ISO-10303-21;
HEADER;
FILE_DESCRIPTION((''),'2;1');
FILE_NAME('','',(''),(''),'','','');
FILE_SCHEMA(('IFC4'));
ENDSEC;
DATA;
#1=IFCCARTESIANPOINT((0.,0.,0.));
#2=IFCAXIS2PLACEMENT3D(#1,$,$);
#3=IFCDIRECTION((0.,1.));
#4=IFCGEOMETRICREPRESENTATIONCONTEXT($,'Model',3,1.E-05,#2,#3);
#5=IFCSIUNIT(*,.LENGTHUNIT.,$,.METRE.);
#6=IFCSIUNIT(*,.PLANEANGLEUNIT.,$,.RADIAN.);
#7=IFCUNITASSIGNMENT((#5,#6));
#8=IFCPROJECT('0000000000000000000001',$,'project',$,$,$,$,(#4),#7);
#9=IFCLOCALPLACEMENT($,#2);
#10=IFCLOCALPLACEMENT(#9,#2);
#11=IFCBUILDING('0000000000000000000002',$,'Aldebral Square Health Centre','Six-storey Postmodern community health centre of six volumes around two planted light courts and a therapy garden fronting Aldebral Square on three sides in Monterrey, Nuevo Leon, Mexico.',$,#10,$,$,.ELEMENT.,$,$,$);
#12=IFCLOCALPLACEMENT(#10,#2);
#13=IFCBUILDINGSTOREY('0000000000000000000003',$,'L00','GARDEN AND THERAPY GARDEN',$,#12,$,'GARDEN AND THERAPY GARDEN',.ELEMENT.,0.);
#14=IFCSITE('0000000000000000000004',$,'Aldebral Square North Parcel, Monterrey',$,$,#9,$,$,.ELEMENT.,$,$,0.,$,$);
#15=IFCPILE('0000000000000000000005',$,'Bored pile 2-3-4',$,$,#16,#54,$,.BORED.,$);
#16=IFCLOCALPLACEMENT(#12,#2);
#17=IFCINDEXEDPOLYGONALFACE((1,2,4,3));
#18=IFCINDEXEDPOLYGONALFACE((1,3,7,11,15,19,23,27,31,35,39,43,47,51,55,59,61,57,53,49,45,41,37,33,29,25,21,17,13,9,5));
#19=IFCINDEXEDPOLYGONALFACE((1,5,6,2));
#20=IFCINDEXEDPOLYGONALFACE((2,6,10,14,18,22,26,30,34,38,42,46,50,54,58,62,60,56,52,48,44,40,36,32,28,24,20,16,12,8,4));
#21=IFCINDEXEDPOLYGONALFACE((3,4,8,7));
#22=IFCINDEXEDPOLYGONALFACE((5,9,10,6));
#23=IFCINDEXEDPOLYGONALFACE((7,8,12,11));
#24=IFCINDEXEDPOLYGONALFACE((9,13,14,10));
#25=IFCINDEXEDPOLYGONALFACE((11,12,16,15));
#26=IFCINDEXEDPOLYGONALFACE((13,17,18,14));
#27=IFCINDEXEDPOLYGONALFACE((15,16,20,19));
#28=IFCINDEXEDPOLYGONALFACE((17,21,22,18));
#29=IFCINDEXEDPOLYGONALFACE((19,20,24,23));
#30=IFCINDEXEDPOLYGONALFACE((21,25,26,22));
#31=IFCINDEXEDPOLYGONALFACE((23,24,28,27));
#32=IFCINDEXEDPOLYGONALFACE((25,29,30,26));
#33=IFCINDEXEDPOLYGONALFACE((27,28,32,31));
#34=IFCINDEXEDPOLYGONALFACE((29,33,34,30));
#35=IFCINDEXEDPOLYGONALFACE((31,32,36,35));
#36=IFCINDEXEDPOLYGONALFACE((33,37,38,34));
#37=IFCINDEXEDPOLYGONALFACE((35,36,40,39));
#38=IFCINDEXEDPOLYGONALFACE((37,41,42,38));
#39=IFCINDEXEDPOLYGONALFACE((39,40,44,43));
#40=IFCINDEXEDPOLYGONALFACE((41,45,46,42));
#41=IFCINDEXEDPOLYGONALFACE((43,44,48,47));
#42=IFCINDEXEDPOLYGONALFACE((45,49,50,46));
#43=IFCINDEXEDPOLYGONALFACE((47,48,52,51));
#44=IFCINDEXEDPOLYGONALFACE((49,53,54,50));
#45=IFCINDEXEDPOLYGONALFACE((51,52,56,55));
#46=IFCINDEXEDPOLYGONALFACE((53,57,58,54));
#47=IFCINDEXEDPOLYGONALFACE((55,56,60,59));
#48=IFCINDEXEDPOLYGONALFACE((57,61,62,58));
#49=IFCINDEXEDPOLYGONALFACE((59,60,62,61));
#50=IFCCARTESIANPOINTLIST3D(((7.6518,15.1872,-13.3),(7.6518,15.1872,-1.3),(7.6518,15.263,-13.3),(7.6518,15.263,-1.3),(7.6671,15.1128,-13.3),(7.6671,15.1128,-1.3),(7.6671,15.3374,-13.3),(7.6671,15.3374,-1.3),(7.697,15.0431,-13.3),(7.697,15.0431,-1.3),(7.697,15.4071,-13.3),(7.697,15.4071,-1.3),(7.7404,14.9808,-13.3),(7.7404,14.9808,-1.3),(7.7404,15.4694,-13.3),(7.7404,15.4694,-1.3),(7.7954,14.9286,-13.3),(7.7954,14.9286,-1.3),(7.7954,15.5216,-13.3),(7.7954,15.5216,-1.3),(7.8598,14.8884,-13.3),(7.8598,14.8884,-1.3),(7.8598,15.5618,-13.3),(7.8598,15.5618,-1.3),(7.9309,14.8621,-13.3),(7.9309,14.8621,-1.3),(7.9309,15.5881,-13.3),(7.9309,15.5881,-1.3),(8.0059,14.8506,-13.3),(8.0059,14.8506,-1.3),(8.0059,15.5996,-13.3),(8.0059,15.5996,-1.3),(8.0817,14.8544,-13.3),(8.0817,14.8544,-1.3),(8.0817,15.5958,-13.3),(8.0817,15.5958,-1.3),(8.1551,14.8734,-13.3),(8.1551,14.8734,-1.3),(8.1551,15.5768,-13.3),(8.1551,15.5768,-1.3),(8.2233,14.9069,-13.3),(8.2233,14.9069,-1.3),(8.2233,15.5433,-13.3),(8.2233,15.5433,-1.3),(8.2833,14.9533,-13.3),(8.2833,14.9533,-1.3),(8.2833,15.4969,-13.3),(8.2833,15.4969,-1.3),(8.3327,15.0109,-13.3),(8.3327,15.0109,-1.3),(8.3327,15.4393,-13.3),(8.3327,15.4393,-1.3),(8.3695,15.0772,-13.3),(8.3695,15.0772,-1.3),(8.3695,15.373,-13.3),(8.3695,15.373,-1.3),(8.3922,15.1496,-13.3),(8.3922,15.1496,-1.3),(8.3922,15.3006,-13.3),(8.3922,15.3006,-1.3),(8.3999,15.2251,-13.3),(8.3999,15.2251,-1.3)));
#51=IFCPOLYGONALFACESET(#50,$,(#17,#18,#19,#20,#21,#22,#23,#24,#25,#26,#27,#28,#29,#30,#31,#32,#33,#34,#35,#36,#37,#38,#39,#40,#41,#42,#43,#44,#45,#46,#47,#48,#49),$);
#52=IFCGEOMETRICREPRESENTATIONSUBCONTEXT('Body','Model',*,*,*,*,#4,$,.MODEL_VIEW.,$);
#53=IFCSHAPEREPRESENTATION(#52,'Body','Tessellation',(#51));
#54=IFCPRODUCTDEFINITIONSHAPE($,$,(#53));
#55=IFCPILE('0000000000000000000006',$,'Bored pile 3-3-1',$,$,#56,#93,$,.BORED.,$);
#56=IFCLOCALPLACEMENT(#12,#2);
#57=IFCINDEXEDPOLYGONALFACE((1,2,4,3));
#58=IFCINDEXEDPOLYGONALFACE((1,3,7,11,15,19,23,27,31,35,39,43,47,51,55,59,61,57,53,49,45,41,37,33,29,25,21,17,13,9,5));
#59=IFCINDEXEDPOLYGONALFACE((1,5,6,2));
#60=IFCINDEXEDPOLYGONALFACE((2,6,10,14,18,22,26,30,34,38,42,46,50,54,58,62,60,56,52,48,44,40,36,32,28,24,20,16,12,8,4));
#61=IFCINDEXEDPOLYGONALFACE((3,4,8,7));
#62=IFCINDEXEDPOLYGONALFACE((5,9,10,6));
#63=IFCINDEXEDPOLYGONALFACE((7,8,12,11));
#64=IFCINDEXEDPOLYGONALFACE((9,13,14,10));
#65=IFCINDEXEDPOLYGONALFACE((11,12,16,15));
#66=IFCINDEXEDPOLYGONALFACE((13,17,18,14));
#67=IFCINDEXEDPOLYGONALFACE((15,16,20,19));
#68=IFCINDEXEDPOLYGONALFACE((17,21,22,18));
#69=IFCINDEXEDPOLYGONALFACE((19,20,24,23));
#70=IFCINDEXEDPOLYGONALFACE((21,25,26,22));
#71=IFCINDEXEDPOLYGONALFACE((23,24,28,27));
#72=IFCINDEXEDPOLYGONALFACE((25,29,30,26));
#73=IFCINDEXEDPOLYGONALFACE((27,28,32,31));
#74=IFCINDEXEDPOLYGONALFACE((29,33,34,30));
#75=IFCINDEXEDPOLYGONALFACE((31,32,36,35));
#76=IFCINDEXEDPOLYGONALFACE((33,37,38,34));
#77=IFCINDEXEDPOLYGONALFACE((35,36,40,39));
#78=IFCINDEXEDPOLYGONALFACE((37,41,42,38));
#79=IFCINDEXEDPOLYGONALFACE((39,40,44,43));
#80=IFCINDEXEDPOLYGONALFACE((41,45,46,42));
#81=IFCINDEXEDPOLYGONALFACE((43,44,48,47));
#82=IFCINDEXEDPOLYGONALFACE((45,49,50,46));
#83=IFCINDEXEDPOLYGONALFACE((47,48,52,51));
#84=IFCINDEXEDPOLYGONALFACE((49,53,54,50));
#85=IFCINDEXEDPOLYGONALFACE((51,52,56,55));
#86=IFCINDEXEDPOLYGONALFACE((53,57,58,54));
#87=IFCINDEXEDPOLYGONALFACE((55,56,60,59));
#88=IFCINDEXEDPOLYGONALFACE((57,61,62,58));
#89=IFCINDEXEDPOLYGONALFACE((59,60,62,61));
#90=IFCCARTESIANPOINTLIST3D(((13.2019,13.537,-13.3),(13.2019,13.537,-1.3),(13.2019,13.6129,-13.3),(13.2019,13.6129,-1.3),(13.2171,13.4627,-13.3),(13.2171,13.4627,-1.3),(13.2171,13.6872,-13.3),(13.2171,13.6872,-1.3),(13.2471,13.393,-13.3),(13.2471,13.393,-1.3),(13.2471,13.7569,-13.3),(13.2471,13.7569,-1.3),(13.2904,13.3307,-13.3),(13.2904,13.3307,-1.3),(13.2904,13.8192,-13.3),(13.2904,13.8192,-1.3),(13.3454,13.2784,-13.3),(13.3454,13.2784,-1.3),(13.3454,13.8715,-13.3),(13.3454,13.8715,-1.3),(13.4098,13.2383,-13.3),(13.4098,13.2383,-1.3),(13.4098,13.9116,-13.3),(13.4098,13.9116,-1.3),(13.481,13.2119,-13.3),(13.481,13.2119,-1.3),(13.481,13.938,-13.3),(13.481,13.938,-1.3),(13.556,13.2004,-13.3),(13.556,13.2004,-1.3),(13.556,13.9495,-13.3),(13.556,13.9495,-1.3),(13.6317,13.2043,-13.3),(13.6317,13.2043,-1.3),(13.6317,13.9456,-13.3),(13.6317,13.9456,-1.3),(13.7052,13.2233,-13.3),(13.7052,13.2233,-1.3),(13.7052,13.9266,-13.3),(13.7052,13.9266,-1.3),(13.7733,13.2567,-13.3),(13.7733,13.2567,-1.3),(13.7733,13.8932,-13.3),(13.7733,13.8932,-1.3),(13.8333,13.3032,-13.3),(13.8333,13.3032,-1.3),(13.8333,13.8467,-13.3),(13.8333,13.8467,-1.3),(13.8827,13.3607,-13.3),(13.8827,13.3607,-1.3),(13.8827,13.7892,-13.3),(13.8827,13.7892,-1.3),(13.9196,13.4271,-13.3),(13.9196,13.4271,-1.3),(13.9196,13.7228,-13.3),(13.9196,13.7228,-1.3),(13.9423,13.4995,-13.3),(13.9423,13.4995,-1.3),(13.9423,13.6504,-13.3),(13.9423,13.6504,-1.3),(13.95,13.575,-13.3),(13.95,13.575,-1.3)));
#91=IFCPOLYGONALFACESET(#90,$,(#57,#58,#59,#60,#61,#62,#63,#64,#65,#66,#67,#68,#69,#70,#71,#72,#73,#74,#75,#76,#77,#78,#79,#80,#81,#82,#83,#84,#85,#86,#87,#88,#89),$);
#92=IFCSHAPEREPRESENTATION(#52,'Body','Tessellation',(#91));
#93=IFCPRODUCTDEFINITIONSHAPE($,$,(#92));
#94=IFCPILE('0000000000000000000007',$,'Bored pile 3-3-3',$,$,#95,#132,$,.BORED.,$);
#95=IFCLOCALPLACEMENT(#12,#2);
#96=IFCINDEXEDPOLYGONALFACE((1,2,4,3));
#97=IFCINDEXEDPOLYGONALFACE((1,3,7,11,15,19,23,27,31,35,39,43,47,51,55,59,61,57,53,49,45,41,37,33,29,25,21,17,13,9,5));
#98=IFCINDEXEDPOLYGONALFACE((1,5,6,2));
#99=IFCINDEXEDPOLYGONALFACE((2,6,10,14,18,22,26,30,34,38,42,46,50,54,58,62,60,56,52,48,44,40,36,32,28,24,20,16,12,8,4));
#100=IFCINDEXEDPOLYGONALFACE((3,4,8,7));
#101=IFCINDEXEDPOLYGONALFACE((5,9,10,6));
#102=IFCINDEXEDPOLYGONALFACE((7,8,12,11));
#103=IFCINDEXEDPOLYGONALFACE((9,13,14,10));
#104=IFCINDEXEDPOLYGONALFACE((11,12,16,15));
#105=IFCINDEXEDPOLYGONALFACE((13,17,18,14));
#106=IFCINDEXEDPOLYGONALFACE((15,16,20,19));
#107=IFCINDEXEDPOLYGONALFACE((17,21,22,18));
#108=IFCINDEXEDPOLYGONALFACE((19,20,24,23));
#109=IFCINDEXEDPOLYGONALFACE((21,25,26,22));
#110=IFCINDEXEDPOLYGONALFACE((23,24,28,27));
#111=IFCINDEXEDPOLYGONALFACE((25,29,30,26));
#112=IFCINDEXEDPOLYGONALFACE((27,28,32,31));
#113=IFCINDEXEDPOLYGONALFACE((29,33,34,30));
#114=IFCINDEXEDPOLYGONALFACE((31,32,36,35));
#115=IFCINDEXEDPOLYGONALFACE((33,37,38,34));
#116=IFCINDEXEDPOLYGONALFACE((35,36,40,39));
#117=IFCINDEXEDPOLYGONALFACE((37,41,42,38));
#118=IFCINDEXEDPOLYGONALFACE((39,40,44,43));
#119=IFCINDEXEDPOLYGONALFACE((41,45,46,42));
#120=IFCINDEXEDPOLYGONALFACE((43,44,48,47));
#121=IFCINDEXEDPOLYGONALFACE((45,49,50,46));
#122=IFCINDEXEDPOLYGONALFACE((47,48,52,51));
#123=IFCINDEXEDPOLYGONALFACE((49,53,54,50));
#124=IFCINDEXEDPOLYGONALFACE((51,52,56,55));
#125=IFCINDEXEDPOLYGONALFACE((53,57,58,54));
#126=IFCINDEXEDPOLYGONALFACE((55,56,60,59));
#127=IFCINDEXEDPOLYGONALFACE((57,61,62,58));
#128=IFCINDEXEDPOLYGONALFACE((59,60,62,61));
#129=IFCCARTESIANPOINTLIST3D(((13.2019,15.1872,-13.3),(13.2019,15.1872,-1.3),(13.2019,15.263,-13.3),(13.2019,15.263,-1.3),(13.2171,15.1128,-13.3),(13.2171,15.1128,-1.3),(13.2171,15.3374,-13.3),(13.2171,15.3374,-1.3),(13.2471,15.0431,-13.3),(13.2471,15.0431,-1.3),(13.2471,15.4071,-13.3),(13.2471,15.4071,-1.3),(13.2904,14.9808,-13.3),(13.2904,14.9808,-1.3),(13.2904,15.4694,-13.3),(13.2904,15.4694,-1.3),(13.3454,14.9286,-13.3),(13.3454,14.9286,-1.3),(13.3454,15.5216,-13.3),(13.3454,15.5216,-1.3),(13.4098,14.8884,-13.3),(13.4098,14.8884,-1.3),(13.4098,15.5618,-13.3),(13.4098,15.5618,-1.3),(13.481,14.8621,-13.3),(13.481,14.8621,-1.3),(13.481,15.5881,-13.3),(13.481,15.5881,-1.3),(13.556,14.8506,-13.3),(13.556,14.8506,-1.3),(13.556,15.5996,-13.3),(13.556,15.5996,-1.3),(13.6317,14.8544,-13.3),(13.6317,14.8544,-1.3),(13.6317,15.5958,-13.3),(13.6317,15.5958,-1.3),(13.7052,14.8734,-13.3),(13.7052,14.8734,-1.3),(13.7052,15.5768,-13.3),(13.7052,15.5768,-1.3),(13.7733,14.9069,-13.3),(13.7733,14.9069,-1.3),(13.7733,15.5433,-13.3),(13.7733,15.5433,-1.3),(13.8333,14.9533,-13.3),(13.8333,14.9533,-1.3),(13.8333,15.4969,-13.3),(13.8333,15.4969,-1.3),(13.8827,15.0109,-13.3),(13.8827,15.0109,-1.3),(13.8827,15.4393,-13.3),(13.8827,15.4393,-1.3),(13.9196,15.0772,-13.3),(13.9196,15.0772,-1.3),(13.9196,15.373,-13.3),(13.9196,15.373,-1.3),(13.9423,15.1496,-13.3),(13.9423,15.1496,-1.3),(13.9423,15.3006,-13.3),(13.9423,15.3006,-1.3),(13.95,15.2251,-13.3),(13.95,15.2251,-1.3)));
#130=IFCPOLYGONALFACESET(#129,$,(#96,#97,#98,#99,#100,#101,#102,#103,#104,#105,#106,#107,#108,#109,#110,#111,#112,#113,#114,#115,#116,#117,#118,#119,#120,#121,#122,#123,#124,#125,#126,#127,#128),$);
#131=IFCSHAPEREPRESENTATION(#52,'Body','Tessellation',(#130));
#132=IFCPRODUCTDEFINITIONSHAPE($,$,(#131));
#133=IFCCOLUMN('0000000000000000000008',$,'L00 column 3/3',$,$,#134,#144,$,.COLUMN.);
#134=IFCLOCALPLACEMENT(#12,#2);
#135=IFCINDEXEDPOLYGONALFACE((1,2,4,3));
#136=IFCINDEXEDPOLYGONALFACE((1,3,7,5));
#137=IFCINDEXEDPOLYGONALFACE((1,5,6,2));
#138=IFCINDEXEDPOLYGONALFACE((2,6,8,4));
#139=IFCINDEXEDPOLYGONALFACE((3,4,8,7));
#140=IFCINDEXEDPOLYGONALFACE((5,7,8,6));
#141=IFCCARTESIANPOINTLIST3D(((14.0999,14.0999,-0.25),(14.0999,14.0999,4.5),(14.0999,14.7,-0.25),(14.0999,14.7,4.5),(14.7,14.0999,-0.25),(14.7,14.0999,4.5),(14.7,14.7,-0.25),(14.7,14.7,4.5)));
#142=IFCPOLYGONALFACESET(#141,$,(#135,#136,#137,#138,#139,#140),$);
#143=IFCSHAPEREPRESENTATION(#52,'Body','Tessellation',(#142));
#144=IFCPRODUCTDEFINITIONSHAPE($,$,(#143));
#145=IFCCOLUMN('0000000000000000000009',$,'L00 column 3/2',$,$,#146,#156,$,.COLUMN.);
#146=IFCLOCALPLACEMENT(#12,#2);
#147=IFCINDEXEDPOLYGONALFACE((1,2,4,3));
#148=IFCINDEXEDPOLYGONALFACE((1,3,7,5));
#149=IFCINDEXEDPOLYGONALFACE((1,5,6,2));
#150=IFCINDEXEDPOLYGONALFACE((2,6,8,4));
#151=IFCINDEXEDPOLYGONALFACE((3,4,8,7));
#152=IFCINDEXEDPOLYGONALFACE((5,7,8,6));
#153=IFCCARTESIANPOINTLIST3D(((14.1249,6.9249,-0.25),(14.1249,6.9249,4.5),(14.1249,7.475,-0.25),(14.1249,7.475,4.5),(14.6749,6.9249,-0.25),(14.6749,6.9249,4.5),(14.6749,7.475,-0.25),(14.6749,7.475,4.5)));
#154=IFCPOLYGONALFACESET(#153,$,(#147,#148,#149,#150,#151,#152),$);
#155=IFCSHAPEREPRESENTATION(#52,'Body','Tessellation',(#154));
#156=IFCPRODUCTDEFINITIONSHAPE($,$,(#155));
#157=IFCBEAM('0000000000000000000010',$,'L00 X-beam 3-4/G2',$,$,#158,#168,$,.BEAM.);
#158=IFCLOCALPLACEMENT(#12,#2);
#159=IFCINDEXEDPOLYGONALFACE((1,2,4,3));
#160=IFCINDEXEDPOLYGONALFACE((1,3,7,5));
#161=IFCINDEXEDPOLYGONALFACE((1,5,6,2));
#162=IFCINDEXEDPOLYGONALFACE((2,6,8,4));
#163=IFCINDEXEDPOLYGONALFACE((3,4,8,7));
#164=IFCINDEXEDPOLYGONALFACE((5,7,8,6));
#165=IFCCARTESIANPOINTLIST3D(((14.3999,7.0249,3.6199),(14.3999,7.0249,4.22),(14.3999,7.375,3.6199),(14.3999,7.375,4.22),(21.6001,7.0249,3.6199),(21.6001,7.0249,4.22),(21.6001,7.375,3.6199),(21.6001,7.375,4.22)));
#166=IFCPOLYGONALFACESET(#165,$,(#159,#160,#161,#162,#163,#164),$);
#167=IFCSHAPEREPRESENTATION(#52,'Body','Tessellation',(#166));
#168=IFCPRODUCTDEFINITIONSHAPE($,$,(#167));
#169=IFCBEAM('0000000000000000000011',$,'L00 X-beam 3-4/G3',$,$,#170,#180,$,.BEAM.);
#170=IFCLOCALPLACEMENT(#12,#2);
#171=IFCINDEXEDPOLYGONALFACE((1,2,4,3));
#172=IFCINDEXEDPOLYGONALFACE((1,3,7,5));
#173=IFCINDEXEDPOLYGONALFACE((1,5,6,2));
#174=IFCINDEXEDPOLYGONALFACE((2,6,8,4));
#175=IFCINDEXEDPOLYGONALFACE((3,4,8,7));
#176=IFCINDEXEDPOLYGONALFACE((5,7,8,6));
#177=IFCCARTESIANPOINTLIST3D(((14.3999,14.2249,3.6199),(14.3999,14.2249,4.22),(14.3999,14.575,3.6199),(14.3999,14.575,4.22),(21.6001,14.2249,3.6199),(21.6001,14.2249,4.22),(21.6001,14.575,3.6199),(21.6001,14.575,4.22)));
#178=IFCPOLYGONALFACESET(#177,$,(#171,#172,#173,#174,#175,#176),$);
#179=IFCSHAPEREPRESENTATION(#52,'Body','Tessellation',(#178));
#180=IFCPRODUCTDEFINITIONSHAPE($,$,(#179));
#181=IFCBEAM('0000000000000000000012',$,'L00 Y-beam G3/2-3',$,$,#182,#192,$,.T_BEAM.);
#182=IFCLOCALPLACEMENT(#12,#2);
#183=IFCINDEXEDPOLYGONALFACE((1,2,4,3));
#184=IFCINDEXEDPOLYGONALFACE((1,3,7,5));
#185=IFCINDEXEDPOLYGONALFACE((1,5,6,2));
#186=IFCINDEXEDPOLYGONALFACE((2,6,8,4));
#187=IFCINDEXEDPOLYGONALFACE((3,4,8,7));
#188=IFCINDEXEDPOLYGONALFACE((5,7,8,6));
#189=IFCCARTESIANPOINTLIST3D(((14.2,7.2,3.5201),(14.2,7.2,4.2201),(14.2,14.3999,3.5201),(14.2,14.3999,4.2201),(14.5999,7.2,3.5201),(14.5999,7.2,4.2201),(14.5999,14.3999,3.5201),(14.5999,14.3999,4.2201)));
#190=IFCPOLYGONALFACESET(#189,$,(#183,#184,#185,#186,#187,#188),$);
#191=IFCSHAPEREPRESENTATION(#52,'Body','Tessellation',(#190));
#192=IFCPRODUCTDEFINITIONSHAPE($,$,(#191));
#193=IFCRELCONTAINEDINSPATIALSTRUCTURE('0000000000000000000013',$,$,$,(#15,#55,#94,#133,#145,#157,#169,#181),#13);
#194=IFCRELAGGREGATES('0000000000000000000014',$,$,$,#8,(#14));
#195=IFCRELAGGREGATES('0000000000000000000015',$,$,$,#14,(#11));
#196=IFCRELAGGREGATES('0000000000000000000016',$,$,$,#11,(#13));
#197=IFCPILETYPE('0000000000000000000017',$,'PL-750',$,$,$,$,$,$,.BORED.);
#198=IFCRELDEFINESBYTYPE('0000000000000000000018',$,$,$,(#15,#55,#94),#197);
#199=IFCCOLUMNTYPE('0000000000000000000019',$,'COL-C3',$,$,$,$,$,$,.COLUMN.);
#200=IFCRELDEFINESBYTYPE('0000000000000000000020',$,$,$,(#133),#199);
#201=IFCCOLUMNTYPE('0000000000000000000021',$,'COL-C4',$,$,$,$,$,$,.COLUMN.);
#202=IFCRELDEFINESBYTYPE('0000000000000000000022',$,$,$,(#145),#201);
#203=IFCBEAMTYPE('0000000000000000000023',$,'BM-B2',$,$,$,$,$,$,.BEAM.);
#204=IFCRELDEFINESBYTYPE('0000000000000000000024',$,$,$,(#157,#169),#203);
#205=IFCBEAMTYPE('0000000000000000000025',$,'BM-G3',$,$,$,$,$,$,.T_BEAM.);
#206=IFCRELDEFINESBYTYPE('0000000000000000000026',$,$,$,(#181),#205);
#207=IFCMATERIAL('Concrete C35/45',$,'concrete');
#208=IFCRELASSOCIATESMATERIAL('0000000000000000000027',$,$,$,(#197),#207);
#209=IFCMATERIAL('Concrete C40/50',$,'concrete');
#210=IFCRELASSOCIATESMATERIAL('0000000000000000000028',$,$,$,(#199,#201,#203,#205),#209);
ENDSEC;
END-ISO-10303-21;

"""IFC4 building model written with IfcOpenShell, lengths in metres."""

from ifc_helpers import new_model, si_unit, direction, frame, origin, origin_2d, place, context, subcontext, project, spatial, rectangle, circle, extrude, material, material_profile, profile_set, type_object, element, save


model = new_model("IFC4")

# Units and contexts
model_context = context("Model", 3, precision=1e-05, world=origin(), true_north=direction((0.0, 1.0)))
body_context = subcontext(model_context, "Body", "Model", "MODEL_VIEW")
ifc_project = project(units=[si_unit("LENGTHUNIT", "METRE"), si_unit("PLANEANGLEUNIT", "RADIAN")], contexts=[model_context])

# Site, building, storey
site_placement = place(None, origin())
site = spatial("IfcSite", under=ifc_project, at=site_placement, Name="Aldebral Square North Parcel, Monterrey", CompositionType="ELEMENT", RefElevation=0.0)
building_placement = place(site_placement, origin())
building = spatial("IfcBuilding", under=site, at=building_placement, Name="Aldebral Square Health Centre", Description="Six-storey Postmodern community health centre of six volumes around two planted light courts and a therapy garden fronting Aldebral Square on three sides in Monterrey, Nuevo Leon, Mexico.", CompositionType="ELEMENT")
storey_placement = place(building_placement, origin())
storey = spatial("IfcBuildingStorey", under=building, at=storey_placement, Name="L00", Description="GARDEN AND THERAPY GARDEN", LongName="GARDEN AND THERAPY GARDEN", CompositionType="ELEMENT", Elevation=0.0)

# Shared definitions
ifc_material_1 = material(Name="Concrete C35/45", Category="concrete")

# Piles
ifc_material_profile_1 = material_profile(ifc_material_1, circle(Radius=0.375, at=origin_2d()), Name="PILE D750")
ifc_profile_set_1 = profile_set([ifc_material_profile_1], Name="Concrete C35/45")
pile_type_1 = type_object("IfcPileType", Name="PL-750", PredefinedType="BORED", material=ifc_profile_set_1)
for number, where, z_axis, x_axis, name in (
    (1, (8.0249, 15.2251, -1.3), (0.0, 0.0, -1.0), (1.0, 0.0, 0.0), "Bored pile 2-3-4"),
    (2, (13.575, 13.575, -1.3), (0.0, 0.0, -1.0), (1.0, 0.0, 0.0), "Bored pile 3-3-1"),
    (3, (13.575, 15.2251, -1.3), (0.0, 0.0, -1.0), (1.0, 0.0, 0.0), "Bored pile 3-3-3"),
):
    element("IfcPile", number, at=place(storey_placement, frame(where, z_axis=z_axis, x_axis=x_axis)), inside=storey, type_object=pile_type_1, Name=name, PredefinedType="BORED", context=body_context, shape_type="SweptSolid", body=[
        extrude(circle(Radius=0.375, at=origin_2d()), origin(), (0.0, 0.0, 1.0), 12.0),
    ])

# Columns
ifc_material_2 = material(Name="Concrete C40/50", Category="concrete")
ifc_material_profile_2 = material_profile(ifc_material_2, rectangle(XDim=0.6001, YDim=0.6001, at=origin_2d()), Name="RC 600x600")
ifc_profile_set_2 = profile_set([ifc_material_profile_2], Name="Concrete C40/50")
column_type_1 = type_object("IfcColumnType", Name="COL-C3", PredefinedType="COLUMN", material=ifc_profile_set_2)
column_1_placement = place(storey_placement, frame((14.3999, 14.3999, -0.25), z_axis=(0.0, 0.0, 1.0), x_axis=(1.0, 0.0, 0.0)))
element("IfcColumn", 4, at=column_1_placement, inside=storey, type_object=column_type_1, Name="L00 column 3/3", PredefinedType="COLUMN", context=body_context, shape_type="SweptSolid", body=[
    extrude(rectangle(XDim=0.6001, YDim=0.6001, at=origin_2d()), origin(), (0.0, 0.0, 1.0), 4.75),
])
ifc_material_profile_3 = material_profile(ifc_material_2, rectangle(XDim=0.55, YDim=0.55, at=origin_2d()), Name="RC 550x550")
ifc_profile_set_3 = profile_set([ifc_material_profile_3], Name="Concrete C40/50")
column_type_2 = type_object("IfcColumnType", Name="COL-C4", PredefinedType="COLUMN", material=ifc_profile_set_3)
column_2_placement = place(storey_placement, frame((14.3999, 7.2, -0.25), z_axis=(0.0, 0.0, 1.0), x_axis=(1.0, 0.0, 0.0)))
element("IfcColumn", 5, at=column_2_placement, inside=storey, type_object=column_type_2, Name="L00 column 3/2", PredefinedType="COLUMN", context=body_context, shape_type="SweptSolid", body=[
    extrude(rectangle(XDim=0.55, YDim=0.55, at=origin_2d()), origin(), (0.0, 0.0, 1.0), 4.75),
])

# Beams
ifc_material_profile_4 = material_profile(ifc_material_2, rectangle(XDim=0.3501, YDim=0.6001, at=origin_2d()), Name="RC 350x600")
ifc_profile_set_4 = profile_set([ifc_material_profile_4], Name="Concrete C40/50")
beam_type_1 = type_object("IfcBeamType", Name="BM-B2", PredefinedType="BEAM", material=ifc_profile_set_4)
for number, where, z_axis, x_axis, name in (
    (6, (14.3999, 7.2, 3.9199), (1.0, 0.0, 0.0), (0.0, 1.0, 0.0), "L00 X-beam 3-4/G2"),
    (7, (14.3999, 14.3999, 3.9199), (1.0, 0.0, 0.0), (0.0, 1.0, 0.0), "L00 X-beam 3-4/G3"),
):
    element("IfcBeam", number, at=place(storey_placement, frame(where, z_axis=z_axis, x_axis=x_axis)), inside=storey, type_object=beam_type_1, Name=name, PredefinedType="BEAM", context=body_context, shape_type="SweptSolid", body=[
        extrude(rectangle(XDim=0.3501, YDim=0.6001, at=origin_2d()), origin(), (0.0, 0.0, 1.0), 7.2002),
    ])
ifc_material_profile_5 = material_profile(ifc_material_2, rectangle(XDim=0.3999, YDim=0.7, at=origin_2d()), Name="RC 400x700")
ifc_profile_set_5 = profile_set([ifc_material_profile_5], Name="Concrete C40/50")
beam_type_2 = type_object("IfcBeamType", Name="BM-G3", PredefinedType="T_BEAM", material=ifc_profile_set_5)
beam_1_placement = place(storey_placement, frame((14.3999, 7.2, 3.8701), z_axis=(0.0, 1.0, 0.0), x_axis=(-1.0, 0.0, 0.0)))
element("IfcBeam", 8, at=beam_1_placement, inside=storey, type_object=beam_type_2, Name="L00 Y-beam G3/2-3", PredefinedType="T_BEAM", context=body_context, shape_type="SweptSolid", body=[
    extrude(rectangle(XDim=0.3999, YDim=0.7, at=origin_2d()), origin(), (0.0, 0.0, 1.0), 7.2),
])

save(model, "model.ifc")
